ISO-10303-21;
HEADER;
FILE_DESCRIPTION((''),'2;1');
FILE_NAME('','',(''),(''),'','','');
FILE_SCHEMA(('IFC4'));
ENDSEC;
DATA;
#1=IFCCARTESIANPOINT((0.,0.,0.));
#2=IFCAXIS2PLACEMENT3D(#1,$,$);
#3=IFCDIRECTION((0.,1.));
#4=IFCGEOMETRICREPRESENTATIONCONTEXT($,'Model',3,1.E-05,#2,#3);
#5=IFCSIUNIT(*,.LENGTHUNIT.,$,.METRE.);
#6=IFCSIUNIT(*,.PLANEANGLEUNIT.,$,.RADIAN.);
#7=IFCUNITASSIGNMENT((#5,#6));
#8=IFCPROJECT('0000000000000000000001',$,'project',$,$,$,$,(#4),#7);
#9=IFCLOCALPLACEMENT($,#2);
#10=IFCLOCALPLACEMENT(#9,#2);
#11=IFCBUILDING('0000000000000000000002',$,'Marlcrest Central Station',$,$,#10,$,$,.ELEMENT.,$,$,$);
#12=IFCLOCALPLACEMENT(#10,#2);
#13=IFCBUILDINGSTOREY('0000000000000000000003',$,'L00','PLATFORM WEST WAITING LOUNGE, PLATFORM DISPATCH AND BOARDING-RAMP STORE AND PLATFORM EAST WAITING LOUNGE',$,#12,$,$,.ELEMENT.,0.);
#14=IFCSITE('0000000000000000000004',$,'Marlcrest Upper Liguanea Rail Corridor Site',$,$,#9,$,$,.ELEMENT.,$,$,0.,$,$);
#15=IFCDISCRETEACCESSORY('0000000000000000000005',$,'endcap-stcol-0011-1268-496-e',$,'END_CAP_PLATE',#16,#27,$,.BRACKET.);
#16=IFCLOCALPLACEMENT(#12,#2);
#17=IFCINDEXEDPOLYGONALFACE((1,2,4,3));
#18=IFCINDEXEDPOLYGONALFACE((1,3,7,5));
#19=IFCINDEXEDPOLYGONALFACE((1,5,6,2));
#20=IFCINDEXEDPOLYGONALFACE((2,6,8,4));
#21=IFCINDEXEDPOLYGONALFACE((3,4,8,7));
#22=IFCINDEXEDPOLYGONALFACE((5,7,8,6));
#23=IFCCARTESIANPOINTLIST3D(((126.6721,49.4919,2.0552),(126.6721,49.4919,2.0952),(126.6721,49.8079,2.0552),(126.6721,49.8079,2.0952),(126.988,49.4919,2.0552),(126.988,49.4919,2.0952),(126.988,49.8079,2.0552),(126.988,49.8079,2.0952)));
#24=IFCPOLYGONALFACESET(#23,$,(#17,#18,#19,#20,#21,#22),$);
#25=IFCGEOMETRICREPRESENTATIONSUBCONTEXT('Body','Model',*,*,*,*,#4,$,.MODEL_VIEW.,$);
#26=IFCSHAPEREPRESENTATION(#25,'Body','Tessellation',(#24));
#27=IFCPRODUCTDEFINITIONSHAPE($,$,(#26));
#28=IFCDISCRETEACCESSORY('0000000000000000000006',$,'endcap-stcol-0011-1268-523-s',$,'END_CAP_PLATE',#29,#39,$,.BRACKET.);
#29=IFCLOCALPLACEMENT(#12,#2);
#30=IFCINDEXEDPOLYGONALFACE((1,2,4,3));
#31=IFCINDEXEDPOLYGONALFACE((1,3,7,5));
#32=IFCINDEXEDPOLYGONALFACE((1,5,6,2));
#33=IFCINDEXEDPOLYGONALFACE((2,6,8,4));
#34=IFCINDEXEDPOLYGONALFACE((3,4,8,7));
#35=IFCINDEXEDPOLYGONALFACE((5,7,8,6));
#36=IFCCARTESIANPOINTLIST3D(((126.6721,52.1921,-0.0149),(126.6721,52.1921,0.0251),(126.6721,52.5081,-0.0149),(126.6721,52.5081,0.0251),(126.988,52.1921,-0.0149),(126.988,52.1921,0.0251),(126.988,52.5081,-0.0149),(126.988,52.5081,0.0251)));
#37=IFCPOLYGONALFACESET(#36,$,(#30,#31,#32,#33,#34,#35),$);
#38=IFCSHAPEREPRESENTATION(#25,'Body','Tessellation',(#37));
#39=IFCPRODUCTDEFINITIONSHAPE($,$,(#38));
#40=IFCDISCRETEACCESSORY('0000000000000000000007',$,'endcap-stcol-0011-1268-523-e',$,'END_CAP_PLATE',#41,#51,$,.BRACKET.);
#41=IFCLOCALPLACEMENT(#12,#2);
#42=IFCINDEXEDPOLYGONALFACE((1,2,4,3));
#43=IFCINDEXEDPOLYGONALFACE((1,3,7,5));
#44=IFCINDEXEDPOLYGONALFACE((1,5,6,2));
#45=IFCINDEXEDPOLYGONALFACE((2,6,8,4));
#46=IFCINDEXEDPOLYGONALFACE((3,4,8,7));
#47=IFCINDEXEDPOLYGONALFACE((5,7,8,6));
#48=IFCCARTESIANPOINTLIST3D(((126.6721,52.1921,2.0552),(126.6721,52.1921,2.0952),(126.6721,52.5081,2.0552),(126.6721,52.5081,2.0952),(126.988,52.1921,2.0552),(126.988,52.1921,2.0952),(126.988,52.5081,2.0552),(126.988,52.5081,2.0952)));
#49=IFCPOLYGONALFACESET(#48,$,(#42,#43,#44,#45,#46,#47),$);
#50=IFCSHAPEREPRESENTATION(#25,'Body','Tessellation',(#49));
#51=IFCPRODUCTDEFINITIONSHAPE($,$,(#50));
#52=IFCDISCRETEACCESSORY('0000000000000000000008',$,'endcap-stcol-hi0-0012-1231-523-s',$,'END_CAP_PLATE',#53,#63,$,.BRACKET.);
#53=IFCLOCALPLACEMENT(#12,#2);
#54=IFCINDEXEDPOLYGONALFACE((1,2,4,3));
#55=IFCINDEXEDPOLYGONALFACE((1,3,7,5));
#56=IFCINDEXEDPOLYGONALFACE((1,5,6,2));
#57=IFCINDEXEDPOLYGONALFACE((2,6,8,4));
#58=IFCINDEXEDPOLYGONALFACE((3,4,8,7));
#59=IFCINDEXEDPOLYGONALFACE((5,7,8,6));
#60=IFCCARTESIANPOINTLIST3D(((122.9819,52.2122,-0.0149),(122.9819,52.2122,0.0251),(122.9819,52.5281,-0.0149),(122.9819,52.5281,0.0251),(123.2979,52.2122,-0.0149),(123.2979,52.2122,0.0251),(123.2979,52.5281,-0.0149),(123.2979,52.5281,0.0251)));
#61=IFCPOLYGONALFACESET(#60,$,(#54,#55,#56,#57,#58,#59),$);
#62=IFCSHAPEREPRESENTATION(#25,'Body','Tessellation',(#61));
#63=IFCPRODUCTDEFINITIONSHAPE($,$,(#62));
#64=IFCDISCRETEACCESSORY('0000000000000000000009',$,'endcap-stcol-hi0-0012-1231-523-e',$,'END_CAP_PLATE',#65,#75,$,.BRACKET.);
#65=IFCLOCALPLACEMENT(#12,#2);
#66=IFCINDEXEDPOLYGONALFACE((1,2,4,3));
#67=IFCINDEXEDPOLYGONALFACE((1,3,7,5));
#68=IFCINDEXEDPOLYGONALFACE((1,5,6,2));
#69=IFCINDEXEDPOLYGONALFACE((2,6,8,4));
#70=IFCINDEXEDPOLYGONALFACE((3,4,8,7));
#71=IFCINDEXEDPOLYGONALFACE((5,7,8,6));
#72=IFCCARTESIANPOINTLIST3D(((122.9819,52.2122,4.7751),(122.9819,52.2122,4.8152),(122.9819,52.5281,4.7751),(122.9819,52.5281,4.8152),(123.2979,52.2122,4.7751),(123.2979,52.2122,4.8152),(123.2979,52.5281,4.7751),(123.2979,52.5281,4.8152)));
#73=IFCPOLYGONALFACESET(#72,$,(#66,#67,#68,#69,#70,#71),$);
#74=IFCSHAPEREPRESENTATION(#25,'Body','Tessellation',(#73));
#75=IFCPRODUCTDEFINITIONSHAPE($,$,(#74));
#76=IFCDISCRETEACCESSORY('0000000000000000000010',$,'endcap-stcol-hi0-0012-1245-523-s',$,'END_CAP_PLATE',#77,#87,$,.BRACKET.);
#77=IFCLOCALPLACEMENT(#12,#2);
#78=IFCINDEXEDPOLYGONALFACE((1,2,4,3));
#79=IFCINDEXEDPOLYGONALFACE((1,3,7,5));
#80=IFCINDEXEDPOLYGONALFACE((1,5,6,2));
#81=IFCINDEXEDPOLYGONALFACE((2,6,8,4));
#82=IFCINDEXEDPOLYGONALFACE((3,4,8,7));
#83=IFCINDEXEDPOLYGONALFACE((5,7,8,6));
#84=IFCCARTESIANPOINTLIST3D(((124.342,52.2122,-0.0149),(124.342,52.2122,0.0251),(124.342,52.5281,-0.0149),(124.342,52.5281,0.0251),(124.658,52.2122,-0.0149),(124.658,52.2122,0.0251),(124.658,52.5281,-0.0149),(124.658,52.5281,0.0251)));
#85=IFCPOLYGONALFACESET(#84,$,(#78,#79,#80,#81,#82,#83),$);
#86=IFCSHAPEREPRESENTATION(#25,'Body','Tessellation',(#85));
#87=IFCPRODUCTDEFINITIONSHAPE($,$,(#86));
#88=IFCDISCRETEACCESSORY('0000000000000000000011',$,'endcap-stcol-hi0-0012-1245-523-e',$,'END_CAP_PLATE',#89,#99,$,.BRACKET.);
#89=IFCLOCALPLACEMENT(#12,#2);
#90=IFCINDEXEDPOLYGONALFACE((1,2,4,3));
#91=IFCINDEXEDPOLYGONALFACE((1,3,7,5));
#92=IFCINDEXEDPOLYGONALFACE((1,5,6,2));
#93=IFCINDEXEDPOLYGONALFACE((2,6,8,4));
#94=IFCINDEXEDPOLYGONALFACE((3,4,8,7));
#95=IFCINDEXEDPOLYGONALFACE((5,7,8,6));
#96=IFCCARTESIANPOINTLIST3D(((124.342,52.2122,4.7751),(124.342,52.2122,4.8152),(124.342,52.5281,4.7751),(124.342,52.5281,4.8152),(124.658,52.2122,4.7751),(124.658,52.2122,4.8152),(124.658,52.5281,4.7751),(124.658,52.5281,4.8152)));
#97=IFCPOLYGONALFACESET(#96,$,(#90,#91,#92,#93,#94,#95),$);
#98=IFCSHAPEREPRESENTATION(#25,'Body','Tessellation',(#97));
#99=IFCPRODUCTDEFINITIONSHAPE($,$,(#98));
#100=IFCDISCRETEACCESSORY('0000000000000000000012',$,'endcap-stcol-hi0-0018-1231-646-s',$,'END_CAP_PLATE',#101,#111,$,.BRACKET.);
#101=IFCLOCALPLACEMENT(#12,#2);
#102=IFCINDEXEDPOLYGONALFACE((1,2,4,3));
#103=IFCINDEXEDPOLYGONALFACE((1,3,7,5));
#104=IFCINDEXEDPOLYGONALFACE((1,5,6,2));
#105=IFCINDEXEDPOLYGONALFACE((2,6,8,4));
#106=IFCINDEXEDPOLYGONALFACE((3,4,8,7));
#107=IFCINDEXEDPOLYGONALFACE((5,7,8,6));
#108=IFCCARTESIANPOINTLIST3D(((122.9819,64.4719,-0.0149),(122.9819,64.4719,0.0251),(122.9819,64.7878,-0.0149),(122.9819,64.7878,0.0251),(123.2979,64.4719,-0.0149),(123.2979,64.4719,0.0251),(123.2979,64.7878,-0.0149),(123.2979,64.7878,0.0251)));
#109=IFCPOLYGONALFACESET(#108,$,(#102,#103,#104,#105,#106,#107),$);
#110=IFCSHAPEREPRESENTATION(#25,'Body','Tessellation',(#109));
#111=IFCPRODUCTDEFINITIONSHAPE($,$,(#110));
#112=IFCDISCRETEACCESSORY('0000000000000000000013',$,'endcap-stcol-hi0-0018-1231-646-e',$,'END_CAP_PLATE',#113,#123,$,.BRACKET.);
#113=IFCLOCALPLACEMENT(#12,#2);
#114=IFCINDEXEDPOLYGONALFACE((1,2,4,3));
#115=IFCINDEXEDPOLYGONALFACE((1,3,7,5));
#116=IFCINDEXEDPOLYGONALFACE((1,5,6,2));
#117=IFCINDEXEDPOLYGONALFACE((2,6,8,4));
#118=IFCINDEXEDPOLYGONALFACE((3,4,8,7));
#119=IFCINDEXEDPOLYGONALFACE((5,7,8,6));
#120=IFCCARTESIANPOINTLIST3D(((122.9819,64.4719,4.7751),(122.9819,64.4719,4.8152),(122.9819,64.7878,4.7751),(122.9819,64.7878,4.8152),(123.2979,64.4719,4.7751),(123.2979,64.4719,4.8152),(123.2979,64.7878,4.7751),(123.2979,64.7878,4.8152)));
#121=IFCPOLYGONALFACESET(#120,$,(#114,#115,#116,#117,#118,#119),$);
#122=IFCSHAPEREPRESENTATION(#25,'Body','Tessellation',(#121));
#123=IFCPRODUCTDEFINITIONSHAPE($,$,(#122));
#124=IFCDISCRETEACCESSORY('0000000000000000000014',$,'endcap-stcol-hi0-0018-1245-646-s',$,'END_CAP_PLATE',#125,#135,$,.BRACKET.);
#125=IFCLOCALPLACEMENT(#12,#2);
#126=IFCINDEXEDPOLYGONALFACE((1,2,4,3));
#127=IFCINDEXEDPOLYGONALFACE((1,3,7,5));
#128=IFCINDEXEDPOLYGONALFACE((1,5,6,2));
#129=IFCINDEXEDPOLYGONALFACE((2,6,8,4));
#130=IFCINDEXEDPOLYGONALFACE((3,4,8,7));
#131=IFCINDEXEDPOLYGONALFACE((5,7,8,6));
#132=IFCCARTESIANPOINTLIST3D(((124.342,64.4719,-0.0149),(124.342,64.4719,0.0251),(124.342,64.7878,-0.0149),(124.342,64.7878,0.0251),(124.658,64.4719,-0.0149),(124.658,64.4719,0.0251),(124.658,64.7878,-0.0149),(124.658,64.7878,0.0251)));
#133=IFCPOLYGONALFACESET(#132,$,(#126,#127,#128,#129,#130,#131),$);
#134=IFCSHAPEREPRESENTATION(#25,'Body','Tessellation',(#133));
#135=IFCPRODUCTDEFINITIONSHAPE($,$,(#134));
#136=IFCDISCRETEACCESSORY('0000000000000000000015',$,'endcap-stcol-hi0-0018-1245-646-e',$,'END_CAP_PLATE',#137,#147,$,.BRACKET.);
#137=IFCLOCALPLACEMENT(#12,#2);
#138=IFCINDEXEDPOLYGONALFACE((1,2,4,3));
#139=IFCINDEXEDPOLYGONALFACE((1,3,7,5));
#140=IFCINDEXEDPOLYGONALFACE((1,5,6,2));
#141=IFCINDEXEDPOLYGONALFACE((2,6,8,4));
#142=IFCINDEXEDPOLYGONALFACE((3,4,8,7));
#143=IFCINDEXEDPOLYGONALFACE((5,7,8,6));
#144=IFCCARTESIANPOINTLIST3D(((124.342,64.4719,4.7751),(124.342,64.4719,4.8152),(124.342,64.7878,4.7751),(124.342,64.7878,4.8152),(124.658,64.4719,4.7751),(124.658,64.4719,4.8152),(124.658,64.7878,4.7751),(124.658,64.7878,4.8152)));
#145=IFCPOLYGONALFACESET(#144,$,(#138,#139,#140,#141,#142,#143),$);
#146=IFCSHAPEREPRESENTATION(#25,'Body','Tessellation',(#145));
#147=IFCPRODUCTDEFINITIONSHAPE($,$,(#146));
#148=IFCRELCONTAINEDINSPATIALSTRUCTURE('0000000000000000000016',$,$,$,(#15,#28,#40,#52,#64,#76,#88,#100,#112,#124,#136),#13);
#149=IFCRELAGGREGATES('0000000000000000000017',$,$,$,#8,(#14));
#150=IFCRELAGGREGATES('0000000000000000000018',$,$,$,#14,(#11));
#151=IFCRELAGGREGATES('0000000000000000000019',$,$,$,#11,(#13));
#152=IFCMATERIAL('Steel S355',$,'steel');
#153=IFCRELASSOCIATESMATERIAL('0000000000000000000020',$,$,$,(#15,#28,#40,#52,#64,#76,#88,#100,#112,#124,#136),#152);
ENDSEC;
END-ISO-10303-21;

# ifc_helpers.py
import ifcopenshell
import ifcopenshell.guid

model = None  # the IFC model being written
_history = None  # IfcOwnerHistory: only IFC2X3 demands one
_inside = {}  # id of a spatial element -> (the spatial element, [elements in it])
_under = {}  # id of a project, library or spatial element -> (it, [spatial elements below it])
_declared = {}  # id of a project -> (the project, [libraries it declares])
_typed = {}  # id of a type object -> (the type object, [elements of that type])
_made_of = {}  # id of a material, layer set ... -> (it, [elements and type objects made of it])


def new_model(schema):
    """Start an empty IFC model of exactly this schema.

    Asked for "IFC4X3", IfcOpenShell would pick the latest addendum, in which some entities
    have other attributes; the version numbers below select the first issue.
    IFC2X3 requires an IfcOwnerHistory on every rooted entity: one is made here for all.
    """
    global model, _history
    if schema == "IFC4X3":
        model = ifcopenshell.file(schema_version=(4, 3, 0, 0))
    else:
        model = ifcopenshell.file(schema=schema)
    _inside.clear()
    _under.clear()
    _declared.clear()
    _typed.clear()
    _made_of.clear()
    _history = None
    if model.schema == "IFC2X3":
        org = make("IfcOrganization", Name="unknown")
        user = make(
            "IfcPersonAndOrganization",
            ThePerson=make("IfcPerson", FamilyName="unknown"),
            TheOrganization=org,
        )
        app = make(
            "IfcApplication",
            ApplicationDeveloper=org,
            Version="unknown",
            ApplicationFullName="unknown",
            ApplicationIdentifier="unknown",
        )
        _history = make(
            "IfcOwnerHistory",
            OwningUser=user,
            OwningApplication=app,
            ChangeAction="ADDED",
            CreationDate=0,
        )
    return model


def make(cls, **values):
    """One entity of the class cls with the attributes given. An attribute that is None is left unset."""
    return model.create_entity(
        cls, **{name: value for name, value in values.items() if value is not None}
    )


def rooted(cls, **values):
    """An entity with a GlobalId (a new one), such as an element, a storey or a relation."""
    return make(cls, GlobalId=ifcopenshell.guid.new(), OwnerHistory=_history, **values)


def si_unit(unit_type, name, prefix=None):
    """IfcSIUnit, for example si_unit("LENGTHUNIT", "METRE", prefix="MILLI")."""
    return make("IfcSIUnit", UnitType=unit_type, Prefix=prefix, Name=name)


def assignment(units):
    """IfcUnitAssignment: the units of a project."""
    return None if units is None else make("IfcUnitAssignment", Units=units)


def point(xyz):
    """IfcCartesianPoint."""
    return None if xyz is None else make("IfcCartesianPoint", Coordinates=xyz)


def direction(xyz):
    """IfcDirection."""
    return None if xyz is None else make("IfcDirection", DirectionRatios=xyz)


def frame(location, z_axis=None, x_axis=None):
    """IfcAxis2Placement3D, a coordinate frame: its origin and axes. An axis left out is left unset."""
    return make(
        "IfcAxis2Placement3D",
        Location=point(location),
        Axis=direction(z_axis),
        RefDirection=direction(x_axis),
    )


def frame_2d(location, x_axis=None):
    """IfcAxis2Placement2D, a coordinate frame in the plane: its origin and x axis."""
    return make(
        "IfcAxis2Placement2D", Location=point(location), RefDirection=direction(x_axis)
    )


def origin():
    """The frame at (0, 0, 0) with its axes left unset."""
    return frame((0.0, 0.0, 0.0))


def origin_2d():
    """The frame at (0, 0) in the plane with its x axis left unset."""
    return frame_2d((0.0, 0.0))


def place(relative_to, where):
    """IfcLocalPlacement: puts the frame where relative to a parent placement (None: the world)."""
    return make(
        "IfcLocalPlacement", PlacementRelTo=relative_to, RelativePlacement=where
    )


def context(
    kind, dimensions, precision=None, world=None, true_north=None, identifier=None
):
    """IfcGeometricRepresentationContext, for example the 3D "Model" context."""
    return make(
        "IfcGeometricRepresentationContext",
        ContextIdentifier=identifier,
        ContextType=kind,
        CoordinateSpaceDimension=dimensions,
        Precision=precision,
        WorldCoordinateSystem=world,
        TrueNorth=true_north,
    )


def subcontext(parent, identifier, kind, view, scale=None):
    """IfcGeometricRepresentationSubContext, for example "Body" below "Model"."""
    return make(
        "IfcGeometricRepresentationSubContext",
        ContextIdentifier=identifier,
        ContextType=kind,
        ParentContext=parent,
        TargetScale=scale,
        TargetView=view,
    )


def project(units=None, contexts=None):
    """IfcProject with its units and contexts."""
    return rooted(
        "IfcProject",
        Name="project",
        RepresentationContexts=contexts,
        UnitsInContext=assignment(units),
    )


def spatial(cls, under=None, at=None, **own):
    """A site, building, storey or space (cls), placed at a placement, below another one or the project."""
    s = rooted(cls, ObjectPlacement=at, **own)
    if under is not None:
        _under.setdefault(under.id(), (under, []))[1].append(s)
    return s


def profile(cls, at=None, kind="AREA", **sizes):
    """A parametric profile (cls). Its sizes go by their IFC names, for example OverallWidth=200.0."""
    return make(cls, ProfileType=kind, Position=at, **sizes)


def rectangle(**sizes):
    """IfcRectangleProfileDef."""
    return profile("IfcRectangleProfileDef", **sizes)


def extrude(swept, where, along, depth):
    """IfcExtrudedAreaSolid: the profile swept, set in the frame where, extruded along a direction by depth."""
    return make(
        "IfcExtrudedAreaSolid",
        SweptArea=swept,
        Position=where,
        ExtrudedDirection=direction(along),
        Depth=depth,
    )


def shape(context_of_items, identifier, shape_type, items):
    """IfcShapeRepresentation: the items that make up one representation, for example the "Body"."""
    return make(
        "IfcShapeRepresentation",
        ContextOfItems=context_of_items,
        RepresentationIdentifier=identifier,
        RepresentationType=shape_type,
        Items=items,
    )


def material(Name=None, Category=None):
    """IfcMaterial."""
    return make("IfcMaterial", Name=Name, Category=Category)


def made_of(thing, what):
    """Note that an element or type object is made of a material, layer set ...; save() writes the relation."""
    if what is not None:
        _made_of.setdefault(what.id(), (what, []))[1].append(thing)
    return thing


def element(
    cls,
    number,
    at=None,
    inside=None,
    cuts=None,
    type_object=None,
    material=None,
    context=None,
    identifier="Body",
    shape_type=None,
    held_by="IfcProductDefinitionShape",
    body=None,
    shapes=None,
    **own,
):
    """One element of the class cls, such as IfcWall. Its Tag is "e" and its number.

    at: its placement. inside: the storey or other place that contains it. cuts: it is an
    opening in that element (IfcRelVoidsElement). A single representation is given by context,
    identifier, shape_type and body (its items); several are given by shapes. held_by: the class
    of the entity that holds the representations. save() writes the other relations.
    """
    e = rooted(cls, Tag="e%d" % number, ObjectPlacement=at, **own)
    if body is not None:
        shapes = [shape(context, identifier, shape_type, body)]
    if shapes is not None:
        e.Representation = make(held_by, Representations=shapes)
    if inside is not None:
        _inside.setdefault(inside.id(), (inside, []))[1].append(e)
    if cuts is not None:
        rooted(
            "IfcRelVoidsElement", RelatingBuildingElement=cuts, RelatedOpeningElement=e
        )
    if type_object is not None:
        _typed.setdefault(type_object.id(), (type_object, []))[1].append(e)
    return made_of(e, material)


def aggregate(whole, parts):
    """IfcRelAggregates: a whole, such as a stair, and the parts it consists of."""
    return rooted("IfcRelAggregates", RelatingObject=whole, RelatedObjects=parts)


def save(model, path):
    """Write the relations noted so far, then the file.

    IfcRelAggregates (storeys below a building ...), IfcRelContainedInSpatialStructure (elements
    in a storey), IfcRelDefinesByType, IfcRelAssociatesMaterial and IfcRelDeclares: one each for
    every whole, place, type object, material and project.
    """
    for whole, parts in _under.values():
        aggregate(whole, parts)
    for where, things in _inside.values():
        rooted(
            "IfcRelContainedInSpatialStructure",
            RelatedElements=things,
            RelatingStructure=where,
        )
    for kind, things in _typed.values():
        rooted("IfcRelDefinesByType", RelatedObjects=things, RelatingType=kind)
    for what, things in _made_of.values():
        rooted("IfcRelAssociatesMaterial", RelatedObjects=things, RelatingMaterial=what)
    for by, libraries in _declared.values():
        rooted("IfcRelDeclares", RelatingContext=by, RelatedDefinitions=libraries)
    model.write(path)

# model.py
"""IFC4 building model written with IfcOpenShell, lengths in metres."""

from ifc_helpers import new_model, si_unit, direction, frame, origin, origin_2d, place, context, subcontext, project, spatial, rectangle, extrude, material, element, save


model = new_model("IFC4")

# Units and contexts
model_context = context("Model", 3, precision=1e-05, world=origin(), true_north=direction((0.0, 1.0)))
body_context = subcontext(model_context, "Body", "Model", "MODEL_VIEW")
ifc_project = project(units=[si_unit("LENGTHUNIT", "METRE"), si_unit("PLANEANGLEUNIT", "RADIAN")], contexts=[model_context])

# Site, building, storey
site_placement = place(None, origin())
site = spatial("IfcSite", under=ifc_project, at=site_placement, Name="Marlcrest Upper Liguanea Rail Corridor Site", CompositionType="ELEMENT", RefElevation=0.0)
building_placement = place(site_placement, origin())
building = spatial("IfcBuilding", under=site, at=building_placement, Name="Marlcrest Central Station", CompositionType="ELEMENT")
storey_placement = place(building_placement, origin())
storey = spatial("IfcBuildingStorey", under=building, at=storey_placement, Name="L00", Description="PLATFORM WEST WAITING LOUNGE, PLATFORM DISPATCH AND BOARDING-RAMP STORE AND PLATFORM EAST WAITING LOUNGE", CompositionType="ELEMENT", Elevation=0.0)

# Shared definitions
ifc_material_1 = material(Name="Steel S355", Category="steel")

# Discrete accessories
for number, where, z_axis, x_axis, name in (
    (1, (126.8301, 49.6499, 2.0552), (0.0, 0.0, 1.0), (1.0, 0.0, 0.0), "endcap-stcol-0011-1268-496-e"),
    (2, (126.8301, 52.3501, -0.0149), (0.0, 0.0, 1.0), (1.0, 0.0, 0.0), "endcap-stcol-0011-1268-523-s"),
    (3, (126.8301, 52.3501, 2.0552), (0.0, 0.0, 1.0), (1.0, 0.0, 0.0), "endcap-stcol-0011-1268-523-e"),
    (4, (123.1399, 52.3701, -0.0149), (0.0, 0.0, 1.0), (1.0, 0.0, 0.0), "endcap-stcol-hi0-0012-1231-523-s"),
    (5, (123.1399, 52.3701, 4.7751), (0.0, 0.0, 1.0), (1.0, 0.0, 0.0), "endcap-stcol-hi0-0012-1231-523-e"),
    (6, (124.5, 52.3701, -0.0149), (0.0, 0.0, 1.0), (1.0, 0.0, 0.0), "endcap-stcol-hi0-0012-1245-523-s"),
    (7, (124.5, 52.3701, 4.7751), (0.0, 0.0, 1.0), (1.0, 0.0, 0.0), "endcap-stcol-hi0-0012-1245-523-e"),
    (8, (123.1399, 64.6299, -0.0149), (0.0, 0.0, 1.0), (1.0, 0.0, 0.0), "endcap-stcol-hi0-0018-1231-646-s"),
    (9, (123.1399, 64.6299, 4.7751), (0.0, 0.0, 1.0), (1.0, 0.0, 0.0), "endcap-stcol-hi0-0018-1231-646-e"),
    (10, (124.5, 64.6299, -0.0149), (0.0, 0.0, 1.0), (1.0, 0.0, 0.0), "endcap-stcol-hi0-0018-1245-646-s"),
    (11, (124.5, 64.6299, 4.7751), (0.0, 0.0, 1.0), (1.0, 0.0, 0.0), "endcap-stcol-hi0-0018-1245-646-e"),
):
    element("IfcDiscreteAccessory", number, at=place(storey_placement, frame(where, z_axis=z_axis, x_axis=x_axis)), inside=storey, material=ifc_material_1, Name=name, ObjectType="END_CAP_PLATE", PredefinedType="BRACKET", context=body_context, shape_type="SweptSolid", body=[
        extrude(rectangle(XDim=0.3159, YDim=0.3159, at=origin_2d()), origin(), (0.0, 0.0, 1.0), 0.04),
    ])

save(model, "model.ifc")
